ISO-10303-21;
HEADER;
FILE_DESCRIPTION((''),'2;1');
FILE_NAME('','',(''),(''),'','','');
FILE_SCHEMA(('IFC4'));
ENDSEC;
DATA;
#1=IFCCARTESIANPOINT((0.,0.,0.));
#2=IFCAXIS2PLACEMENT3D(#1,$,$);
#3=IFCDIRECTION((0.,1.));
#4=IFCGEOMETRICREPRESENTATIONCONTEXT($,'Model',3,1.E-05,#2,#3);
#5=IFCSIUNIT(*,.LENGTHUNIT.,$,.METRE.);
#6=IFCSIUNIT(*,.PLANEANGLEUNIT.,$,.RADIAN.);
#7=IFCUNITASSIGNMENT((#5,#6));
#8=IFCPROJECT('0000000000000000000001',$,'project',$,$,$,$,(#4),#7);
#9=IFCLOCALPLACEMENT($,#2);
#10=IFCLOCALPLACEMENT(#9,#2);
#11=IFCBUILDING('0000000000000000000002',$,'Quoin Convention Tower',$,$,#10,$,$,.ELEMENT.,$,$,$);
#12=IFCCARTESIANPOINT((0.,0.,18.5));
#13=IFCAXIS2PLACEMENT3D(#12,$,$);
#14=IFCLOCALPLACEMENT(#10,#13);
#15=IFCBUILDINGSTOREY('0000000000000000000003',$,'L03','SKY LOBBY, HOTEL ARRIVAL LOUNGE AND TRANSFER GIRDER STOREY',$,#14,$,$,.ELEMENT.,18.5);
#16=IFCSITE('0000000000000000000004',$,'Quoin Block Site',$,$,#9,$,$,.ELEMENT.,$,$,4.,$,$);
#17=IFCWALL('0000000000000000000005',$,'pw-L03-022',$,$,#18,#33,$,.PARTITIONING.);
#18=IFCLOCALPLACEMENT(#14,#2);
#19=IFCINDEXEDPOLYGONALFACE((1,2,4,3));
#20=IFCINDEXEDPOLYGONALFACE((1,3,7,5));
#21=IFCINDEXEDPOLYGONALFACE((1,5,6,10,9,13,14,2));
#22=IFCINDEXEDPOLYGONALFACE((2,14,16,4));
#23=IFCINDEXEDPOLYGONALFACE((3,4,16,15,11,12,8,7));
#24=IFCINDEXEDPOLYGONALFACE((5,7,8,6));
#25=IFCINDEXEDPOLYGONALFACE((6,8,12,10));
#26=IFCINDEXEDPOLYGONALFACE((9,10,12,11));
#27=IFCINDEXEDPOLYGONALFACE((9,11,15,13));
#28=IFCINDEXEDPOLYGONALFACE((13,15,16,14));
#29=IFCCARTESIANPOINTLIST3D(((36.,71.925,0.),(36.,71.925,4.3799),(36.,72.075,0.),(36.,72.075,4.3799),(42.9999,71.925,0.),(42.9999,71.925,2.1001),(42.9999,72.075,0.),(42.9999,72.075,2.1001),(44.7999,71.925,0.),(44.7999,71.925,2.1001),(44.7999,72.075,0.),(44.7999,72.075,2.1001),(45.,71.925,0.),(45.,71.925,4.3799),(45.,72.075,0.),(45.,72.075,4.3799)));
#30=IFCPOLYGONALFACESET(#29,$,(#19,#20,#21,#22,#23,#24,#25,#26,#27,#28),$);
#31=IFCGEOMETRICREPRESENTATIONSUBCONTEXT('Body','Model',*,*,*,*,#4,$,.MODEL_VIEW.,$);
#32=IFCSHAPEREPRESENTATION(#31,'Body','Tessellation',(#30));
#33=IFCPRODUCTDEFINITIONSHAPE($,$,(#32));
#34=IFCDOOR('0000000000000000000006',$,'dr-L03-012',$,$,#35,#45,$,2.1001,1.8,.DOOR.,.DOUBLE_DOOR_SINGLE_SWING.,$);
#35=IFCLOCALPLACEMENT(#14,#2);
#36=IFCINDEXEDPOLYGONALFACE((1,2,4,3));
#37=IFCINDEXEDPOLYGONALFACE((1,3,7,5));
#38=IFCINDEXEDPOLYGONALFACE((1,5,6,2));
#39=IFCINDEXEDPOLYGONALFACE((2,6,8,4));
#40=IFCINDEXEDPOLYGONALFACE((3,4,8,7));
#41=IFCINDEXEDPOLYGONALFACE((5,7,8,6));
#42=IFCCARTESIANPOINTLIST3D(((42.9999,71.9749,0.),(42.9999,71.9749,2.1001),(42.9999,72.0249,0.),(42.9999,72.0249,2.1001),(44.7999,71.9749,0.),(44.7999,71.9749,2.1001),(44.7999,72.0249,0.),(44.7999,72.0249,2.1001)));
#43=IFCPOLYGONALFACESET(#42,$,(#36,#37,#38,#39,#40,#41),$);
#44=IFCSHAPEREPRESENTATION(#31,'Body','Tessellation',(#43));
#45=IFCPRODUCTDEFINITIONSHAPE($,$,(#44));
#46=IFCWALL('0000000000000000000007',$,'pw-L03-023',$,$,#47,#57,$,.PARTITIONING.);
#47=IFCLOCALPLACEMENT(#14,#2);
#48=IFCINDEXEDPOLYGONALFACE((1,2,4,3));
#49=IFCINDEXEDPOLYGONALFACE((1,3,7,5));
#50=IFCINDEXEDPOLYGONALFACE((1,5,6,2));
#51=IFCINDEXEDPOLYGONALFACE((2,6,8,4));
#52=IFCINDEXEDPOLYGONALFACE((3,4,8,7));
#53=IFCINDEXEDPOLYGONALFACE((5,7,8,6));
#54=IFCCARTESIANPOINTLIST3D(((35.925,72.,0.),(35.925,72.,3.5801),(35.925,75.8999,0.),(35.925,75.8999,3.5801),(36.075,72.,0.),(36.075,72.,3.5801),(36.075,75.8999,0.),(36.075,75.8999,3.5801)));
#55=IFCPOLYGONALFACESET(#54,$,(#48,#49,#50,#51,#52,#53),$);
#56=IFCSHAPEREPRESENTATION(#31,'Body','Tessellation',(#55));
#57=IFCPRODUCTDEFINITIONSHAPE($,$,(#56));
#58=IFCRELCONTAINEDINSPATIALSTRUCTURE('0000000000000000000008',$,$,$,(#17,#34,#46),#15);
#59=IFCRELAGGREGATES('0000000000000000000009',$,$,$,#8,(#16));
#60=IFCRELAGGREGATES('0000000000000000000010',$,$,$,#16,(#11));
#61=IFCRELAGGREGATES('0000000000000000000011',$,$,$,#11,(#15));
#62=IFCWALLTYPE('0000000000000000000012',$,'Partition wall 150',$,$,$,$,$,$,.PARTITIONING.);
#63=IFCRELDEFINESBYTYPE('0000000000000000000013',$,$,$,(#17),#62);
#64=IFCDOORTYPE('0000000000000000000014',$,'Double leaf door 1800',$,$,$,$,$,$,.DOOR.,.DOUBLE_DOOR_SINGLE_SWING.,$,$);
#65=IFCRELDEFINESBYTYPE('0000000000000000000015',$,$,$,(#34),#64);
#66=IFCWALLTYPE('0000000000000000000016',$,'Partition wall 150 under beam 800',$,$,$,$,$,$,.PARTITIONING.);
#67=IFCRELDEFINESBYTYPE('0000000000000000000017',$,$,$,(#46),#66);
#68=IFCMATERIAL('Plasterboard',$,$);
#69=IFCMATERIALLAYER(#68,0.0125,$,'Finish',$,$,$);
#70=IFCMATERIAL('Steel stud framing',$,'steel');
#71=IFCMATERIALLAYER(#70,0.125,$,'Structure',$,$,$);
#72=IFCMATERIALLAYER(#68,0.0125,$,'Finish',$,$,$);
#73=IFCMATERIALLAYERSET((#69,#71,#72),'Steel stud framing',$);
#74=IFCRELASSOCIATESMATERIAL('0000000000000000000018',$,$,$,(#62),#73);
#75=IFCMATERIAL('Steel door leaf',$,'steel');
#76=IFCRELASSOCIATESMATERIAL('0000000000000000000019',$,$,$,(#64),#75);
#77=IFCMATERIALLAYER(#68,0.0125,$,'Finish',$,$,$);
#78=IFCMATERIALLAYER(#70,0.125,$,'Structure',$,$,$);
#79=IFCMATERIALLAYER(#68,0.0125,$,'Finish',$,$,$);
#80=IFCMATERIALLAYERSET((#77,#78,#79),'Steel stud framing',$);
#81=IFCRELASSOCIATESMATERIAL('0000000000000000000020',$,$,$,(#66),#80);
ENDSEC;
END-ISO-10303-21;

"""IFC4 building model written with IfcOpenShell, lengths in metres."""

from ifc_helpers import new_model, si_unit, direction, frame, frame_2d, origin, place, context, subcontext, project, spatial, rectangle, extrude, material, layer, layer_set, type_object, element, fill, save


model = new_model("IFC4")

# Units and contexts
model_context = context("Model", 3, precision=1e-05, world=origin(), true_north=direction((0.0, 1.0)))
body_context = subcontext(model_context, "Body", "Model", "MODEL_VIEW")
ifc_project = project(units=[si_unit("LENGTHUNIT", "METRE"), si_unit("PLANEANGLEUNIT", "RADIAN")], contexts=[model_context])

# Site, building, storey
site_placement = place(None, origin())
site = spatial("IfcSite", under=ifc_project, at=site_placement, Name="Quoin Block Site", CompositionType="ELEMENT", RefElevation=4.0)
building_placement = place(site_placement, origin())
building = spatial("IfcBuilding", under=site, at=building_placement, Name="Quoin Convention Tower", CompositionType="ELEMENT")
storey_placement = place(building_placement, frame((0.0, 0.0, 18.5)))
storey = spatial("IfcBuildingStorey", under=building, at=storey_placement, Name="L03", Description="SKY LOBBY, HOTEL ARRIVAL LOUNGE AND TRANSFER GIRDER STOREY", CompositionType="ELEMENT", Elevation=18.5)

# Wall, opening, door
ifc_material_1 = material(Name="Plasterboard")
ifc_layer_1 = layer(ifc_material_1, 0.0125, Name="Finish")
ifc_material_2 = material(Name="Steel stud framing", Category="steel")
ifc_layer_2 = layer(ifc_material_2, 0.125, Name="Structure")
ifc_layer_3 = layer(ifc_material_1, 0.0125, Name="Finish")
ifc_layer_set_1 = layer_set([ifc_layer_1, ifc_layer_2, ifc_layer_3], Name="Steel stud framing")
wall_type_1 = type_object("IfcWallType", Name="Partition wall 150", PredefinedType="PARTITIONING", material=ifc_layer_set_1)
wall_1_placement = place(storey_placement, frame((36.0, 72.0, 0.0), z_axis=(0.0, 0.0, 1.0), x_axis=(1.0, 0.0, 0.0)))
wall_1 = element("IfcWall", 1, at=wall_1_placement, inside=storey, type_object=wall_type_1, Name="pw-L03-022", PredefinedType="PARTITIONING", context=body_context, shape_type="SweptSolid", body=[
    extrude(rectangle(XDim=9.0, YDim=0.1499, at=frame_2d((4.5, 0.0))), origin(), (0.0, 0.0, 1.0), 4.3799),
])
opening_1_placement = place(wall_1_placement, frame((7.0, 0.0, 0.0)))
opening_1 = element("IfcOpeningElement", 2, at=opening_1_placement, cuts=wall_1, PredefinedType="OPENING", context=body_context, shape_type="SweptSolid", body=[
    extrude(rectangle(XDim=1.8, YDim=2.1001, at=frame_2d((0.8999, 1.05))), frame((0.0, 0.085, 0.0), z_axis=(0.0, -1.0, 0.0), x_axis=(1.0, 0.0, 0.0)), (0.0, 0.0, 1.0), 0.1699),
])
ifc_material_3 = material(Name="Steel door leaf", Category="steel")
door_type = type_object("IfcDoorType", Name="Double leaf door 1800", OperationType="DOUBLE_DOOR_SINGLE_SWING", PredefinedType="DOOR", material=ifc_material_3)
door_placement = place(opening_1_placement, origin())
door = element("IfcDoor", 3, at=door_placement, inside=storey, type_object=door_type, Name="dr-L03-012", OperationType="DOUBLE_DOOR_SINGLE_SWING", OverallHeight=2.1001, OverallWidth=1.8, PredefinedType="DOOR", context=body_context, shape_type="SweptSolid", body=[
    extrude(rectangle(XDim=1.8, YDim=2.1001, at=frame_2d((0.8999, 1.05))), frame((0.0, 0.0249, 0.0), z_axis=(0.0, -1.0, 0.0), x_axis=(1.0, 0.0, 0.0)), (0.0, 0.0, 1.0), 0.05),
])
fill(opening_1, door)

# Wall
ifc_layer_4 = layer(ifc_material_1, 0.0125, Name="Finish")
ifc_layer_5 = layer(ifc_material_2, 0.125, Name="Structure")
ifc_layer_6 = layer(ifc_material_1, 0.0125, Name="Finish")
ifc_layer_set_2 = layer_set([ifc_layer_4, ifc_layer_5, ifc_layer_6], Name="Steel stud framing")
wall_type_2 = type_object("IfcWallType", Name="Partition wall 150 under beam 800", PredefinedType="PARTITIONING", material=ifc_layer_set_2)
wall_2_placement = place(storey_placement, frame((36.0, 72.0, 0.0), z_axis=(0.0, 0.0, 1.0), x_axis=(0.0, 1.0, 0.0)))
element("IfcWall", 4, at=wall_2_placement, inside=storey, type_object=wall_type_2, Name="pw-L03-023", PredefinedType="PARTITIONING", context=body_context, shape_type="SweptSolid", body=[
    extrude(rectangle(XDim=3.8999, YDim=0.1499, at=frame_2d((1.95, 0.0))), origin(), (0.0, 0.0, 1.0), 3.5801),
])

save(model, "model.ifc")
